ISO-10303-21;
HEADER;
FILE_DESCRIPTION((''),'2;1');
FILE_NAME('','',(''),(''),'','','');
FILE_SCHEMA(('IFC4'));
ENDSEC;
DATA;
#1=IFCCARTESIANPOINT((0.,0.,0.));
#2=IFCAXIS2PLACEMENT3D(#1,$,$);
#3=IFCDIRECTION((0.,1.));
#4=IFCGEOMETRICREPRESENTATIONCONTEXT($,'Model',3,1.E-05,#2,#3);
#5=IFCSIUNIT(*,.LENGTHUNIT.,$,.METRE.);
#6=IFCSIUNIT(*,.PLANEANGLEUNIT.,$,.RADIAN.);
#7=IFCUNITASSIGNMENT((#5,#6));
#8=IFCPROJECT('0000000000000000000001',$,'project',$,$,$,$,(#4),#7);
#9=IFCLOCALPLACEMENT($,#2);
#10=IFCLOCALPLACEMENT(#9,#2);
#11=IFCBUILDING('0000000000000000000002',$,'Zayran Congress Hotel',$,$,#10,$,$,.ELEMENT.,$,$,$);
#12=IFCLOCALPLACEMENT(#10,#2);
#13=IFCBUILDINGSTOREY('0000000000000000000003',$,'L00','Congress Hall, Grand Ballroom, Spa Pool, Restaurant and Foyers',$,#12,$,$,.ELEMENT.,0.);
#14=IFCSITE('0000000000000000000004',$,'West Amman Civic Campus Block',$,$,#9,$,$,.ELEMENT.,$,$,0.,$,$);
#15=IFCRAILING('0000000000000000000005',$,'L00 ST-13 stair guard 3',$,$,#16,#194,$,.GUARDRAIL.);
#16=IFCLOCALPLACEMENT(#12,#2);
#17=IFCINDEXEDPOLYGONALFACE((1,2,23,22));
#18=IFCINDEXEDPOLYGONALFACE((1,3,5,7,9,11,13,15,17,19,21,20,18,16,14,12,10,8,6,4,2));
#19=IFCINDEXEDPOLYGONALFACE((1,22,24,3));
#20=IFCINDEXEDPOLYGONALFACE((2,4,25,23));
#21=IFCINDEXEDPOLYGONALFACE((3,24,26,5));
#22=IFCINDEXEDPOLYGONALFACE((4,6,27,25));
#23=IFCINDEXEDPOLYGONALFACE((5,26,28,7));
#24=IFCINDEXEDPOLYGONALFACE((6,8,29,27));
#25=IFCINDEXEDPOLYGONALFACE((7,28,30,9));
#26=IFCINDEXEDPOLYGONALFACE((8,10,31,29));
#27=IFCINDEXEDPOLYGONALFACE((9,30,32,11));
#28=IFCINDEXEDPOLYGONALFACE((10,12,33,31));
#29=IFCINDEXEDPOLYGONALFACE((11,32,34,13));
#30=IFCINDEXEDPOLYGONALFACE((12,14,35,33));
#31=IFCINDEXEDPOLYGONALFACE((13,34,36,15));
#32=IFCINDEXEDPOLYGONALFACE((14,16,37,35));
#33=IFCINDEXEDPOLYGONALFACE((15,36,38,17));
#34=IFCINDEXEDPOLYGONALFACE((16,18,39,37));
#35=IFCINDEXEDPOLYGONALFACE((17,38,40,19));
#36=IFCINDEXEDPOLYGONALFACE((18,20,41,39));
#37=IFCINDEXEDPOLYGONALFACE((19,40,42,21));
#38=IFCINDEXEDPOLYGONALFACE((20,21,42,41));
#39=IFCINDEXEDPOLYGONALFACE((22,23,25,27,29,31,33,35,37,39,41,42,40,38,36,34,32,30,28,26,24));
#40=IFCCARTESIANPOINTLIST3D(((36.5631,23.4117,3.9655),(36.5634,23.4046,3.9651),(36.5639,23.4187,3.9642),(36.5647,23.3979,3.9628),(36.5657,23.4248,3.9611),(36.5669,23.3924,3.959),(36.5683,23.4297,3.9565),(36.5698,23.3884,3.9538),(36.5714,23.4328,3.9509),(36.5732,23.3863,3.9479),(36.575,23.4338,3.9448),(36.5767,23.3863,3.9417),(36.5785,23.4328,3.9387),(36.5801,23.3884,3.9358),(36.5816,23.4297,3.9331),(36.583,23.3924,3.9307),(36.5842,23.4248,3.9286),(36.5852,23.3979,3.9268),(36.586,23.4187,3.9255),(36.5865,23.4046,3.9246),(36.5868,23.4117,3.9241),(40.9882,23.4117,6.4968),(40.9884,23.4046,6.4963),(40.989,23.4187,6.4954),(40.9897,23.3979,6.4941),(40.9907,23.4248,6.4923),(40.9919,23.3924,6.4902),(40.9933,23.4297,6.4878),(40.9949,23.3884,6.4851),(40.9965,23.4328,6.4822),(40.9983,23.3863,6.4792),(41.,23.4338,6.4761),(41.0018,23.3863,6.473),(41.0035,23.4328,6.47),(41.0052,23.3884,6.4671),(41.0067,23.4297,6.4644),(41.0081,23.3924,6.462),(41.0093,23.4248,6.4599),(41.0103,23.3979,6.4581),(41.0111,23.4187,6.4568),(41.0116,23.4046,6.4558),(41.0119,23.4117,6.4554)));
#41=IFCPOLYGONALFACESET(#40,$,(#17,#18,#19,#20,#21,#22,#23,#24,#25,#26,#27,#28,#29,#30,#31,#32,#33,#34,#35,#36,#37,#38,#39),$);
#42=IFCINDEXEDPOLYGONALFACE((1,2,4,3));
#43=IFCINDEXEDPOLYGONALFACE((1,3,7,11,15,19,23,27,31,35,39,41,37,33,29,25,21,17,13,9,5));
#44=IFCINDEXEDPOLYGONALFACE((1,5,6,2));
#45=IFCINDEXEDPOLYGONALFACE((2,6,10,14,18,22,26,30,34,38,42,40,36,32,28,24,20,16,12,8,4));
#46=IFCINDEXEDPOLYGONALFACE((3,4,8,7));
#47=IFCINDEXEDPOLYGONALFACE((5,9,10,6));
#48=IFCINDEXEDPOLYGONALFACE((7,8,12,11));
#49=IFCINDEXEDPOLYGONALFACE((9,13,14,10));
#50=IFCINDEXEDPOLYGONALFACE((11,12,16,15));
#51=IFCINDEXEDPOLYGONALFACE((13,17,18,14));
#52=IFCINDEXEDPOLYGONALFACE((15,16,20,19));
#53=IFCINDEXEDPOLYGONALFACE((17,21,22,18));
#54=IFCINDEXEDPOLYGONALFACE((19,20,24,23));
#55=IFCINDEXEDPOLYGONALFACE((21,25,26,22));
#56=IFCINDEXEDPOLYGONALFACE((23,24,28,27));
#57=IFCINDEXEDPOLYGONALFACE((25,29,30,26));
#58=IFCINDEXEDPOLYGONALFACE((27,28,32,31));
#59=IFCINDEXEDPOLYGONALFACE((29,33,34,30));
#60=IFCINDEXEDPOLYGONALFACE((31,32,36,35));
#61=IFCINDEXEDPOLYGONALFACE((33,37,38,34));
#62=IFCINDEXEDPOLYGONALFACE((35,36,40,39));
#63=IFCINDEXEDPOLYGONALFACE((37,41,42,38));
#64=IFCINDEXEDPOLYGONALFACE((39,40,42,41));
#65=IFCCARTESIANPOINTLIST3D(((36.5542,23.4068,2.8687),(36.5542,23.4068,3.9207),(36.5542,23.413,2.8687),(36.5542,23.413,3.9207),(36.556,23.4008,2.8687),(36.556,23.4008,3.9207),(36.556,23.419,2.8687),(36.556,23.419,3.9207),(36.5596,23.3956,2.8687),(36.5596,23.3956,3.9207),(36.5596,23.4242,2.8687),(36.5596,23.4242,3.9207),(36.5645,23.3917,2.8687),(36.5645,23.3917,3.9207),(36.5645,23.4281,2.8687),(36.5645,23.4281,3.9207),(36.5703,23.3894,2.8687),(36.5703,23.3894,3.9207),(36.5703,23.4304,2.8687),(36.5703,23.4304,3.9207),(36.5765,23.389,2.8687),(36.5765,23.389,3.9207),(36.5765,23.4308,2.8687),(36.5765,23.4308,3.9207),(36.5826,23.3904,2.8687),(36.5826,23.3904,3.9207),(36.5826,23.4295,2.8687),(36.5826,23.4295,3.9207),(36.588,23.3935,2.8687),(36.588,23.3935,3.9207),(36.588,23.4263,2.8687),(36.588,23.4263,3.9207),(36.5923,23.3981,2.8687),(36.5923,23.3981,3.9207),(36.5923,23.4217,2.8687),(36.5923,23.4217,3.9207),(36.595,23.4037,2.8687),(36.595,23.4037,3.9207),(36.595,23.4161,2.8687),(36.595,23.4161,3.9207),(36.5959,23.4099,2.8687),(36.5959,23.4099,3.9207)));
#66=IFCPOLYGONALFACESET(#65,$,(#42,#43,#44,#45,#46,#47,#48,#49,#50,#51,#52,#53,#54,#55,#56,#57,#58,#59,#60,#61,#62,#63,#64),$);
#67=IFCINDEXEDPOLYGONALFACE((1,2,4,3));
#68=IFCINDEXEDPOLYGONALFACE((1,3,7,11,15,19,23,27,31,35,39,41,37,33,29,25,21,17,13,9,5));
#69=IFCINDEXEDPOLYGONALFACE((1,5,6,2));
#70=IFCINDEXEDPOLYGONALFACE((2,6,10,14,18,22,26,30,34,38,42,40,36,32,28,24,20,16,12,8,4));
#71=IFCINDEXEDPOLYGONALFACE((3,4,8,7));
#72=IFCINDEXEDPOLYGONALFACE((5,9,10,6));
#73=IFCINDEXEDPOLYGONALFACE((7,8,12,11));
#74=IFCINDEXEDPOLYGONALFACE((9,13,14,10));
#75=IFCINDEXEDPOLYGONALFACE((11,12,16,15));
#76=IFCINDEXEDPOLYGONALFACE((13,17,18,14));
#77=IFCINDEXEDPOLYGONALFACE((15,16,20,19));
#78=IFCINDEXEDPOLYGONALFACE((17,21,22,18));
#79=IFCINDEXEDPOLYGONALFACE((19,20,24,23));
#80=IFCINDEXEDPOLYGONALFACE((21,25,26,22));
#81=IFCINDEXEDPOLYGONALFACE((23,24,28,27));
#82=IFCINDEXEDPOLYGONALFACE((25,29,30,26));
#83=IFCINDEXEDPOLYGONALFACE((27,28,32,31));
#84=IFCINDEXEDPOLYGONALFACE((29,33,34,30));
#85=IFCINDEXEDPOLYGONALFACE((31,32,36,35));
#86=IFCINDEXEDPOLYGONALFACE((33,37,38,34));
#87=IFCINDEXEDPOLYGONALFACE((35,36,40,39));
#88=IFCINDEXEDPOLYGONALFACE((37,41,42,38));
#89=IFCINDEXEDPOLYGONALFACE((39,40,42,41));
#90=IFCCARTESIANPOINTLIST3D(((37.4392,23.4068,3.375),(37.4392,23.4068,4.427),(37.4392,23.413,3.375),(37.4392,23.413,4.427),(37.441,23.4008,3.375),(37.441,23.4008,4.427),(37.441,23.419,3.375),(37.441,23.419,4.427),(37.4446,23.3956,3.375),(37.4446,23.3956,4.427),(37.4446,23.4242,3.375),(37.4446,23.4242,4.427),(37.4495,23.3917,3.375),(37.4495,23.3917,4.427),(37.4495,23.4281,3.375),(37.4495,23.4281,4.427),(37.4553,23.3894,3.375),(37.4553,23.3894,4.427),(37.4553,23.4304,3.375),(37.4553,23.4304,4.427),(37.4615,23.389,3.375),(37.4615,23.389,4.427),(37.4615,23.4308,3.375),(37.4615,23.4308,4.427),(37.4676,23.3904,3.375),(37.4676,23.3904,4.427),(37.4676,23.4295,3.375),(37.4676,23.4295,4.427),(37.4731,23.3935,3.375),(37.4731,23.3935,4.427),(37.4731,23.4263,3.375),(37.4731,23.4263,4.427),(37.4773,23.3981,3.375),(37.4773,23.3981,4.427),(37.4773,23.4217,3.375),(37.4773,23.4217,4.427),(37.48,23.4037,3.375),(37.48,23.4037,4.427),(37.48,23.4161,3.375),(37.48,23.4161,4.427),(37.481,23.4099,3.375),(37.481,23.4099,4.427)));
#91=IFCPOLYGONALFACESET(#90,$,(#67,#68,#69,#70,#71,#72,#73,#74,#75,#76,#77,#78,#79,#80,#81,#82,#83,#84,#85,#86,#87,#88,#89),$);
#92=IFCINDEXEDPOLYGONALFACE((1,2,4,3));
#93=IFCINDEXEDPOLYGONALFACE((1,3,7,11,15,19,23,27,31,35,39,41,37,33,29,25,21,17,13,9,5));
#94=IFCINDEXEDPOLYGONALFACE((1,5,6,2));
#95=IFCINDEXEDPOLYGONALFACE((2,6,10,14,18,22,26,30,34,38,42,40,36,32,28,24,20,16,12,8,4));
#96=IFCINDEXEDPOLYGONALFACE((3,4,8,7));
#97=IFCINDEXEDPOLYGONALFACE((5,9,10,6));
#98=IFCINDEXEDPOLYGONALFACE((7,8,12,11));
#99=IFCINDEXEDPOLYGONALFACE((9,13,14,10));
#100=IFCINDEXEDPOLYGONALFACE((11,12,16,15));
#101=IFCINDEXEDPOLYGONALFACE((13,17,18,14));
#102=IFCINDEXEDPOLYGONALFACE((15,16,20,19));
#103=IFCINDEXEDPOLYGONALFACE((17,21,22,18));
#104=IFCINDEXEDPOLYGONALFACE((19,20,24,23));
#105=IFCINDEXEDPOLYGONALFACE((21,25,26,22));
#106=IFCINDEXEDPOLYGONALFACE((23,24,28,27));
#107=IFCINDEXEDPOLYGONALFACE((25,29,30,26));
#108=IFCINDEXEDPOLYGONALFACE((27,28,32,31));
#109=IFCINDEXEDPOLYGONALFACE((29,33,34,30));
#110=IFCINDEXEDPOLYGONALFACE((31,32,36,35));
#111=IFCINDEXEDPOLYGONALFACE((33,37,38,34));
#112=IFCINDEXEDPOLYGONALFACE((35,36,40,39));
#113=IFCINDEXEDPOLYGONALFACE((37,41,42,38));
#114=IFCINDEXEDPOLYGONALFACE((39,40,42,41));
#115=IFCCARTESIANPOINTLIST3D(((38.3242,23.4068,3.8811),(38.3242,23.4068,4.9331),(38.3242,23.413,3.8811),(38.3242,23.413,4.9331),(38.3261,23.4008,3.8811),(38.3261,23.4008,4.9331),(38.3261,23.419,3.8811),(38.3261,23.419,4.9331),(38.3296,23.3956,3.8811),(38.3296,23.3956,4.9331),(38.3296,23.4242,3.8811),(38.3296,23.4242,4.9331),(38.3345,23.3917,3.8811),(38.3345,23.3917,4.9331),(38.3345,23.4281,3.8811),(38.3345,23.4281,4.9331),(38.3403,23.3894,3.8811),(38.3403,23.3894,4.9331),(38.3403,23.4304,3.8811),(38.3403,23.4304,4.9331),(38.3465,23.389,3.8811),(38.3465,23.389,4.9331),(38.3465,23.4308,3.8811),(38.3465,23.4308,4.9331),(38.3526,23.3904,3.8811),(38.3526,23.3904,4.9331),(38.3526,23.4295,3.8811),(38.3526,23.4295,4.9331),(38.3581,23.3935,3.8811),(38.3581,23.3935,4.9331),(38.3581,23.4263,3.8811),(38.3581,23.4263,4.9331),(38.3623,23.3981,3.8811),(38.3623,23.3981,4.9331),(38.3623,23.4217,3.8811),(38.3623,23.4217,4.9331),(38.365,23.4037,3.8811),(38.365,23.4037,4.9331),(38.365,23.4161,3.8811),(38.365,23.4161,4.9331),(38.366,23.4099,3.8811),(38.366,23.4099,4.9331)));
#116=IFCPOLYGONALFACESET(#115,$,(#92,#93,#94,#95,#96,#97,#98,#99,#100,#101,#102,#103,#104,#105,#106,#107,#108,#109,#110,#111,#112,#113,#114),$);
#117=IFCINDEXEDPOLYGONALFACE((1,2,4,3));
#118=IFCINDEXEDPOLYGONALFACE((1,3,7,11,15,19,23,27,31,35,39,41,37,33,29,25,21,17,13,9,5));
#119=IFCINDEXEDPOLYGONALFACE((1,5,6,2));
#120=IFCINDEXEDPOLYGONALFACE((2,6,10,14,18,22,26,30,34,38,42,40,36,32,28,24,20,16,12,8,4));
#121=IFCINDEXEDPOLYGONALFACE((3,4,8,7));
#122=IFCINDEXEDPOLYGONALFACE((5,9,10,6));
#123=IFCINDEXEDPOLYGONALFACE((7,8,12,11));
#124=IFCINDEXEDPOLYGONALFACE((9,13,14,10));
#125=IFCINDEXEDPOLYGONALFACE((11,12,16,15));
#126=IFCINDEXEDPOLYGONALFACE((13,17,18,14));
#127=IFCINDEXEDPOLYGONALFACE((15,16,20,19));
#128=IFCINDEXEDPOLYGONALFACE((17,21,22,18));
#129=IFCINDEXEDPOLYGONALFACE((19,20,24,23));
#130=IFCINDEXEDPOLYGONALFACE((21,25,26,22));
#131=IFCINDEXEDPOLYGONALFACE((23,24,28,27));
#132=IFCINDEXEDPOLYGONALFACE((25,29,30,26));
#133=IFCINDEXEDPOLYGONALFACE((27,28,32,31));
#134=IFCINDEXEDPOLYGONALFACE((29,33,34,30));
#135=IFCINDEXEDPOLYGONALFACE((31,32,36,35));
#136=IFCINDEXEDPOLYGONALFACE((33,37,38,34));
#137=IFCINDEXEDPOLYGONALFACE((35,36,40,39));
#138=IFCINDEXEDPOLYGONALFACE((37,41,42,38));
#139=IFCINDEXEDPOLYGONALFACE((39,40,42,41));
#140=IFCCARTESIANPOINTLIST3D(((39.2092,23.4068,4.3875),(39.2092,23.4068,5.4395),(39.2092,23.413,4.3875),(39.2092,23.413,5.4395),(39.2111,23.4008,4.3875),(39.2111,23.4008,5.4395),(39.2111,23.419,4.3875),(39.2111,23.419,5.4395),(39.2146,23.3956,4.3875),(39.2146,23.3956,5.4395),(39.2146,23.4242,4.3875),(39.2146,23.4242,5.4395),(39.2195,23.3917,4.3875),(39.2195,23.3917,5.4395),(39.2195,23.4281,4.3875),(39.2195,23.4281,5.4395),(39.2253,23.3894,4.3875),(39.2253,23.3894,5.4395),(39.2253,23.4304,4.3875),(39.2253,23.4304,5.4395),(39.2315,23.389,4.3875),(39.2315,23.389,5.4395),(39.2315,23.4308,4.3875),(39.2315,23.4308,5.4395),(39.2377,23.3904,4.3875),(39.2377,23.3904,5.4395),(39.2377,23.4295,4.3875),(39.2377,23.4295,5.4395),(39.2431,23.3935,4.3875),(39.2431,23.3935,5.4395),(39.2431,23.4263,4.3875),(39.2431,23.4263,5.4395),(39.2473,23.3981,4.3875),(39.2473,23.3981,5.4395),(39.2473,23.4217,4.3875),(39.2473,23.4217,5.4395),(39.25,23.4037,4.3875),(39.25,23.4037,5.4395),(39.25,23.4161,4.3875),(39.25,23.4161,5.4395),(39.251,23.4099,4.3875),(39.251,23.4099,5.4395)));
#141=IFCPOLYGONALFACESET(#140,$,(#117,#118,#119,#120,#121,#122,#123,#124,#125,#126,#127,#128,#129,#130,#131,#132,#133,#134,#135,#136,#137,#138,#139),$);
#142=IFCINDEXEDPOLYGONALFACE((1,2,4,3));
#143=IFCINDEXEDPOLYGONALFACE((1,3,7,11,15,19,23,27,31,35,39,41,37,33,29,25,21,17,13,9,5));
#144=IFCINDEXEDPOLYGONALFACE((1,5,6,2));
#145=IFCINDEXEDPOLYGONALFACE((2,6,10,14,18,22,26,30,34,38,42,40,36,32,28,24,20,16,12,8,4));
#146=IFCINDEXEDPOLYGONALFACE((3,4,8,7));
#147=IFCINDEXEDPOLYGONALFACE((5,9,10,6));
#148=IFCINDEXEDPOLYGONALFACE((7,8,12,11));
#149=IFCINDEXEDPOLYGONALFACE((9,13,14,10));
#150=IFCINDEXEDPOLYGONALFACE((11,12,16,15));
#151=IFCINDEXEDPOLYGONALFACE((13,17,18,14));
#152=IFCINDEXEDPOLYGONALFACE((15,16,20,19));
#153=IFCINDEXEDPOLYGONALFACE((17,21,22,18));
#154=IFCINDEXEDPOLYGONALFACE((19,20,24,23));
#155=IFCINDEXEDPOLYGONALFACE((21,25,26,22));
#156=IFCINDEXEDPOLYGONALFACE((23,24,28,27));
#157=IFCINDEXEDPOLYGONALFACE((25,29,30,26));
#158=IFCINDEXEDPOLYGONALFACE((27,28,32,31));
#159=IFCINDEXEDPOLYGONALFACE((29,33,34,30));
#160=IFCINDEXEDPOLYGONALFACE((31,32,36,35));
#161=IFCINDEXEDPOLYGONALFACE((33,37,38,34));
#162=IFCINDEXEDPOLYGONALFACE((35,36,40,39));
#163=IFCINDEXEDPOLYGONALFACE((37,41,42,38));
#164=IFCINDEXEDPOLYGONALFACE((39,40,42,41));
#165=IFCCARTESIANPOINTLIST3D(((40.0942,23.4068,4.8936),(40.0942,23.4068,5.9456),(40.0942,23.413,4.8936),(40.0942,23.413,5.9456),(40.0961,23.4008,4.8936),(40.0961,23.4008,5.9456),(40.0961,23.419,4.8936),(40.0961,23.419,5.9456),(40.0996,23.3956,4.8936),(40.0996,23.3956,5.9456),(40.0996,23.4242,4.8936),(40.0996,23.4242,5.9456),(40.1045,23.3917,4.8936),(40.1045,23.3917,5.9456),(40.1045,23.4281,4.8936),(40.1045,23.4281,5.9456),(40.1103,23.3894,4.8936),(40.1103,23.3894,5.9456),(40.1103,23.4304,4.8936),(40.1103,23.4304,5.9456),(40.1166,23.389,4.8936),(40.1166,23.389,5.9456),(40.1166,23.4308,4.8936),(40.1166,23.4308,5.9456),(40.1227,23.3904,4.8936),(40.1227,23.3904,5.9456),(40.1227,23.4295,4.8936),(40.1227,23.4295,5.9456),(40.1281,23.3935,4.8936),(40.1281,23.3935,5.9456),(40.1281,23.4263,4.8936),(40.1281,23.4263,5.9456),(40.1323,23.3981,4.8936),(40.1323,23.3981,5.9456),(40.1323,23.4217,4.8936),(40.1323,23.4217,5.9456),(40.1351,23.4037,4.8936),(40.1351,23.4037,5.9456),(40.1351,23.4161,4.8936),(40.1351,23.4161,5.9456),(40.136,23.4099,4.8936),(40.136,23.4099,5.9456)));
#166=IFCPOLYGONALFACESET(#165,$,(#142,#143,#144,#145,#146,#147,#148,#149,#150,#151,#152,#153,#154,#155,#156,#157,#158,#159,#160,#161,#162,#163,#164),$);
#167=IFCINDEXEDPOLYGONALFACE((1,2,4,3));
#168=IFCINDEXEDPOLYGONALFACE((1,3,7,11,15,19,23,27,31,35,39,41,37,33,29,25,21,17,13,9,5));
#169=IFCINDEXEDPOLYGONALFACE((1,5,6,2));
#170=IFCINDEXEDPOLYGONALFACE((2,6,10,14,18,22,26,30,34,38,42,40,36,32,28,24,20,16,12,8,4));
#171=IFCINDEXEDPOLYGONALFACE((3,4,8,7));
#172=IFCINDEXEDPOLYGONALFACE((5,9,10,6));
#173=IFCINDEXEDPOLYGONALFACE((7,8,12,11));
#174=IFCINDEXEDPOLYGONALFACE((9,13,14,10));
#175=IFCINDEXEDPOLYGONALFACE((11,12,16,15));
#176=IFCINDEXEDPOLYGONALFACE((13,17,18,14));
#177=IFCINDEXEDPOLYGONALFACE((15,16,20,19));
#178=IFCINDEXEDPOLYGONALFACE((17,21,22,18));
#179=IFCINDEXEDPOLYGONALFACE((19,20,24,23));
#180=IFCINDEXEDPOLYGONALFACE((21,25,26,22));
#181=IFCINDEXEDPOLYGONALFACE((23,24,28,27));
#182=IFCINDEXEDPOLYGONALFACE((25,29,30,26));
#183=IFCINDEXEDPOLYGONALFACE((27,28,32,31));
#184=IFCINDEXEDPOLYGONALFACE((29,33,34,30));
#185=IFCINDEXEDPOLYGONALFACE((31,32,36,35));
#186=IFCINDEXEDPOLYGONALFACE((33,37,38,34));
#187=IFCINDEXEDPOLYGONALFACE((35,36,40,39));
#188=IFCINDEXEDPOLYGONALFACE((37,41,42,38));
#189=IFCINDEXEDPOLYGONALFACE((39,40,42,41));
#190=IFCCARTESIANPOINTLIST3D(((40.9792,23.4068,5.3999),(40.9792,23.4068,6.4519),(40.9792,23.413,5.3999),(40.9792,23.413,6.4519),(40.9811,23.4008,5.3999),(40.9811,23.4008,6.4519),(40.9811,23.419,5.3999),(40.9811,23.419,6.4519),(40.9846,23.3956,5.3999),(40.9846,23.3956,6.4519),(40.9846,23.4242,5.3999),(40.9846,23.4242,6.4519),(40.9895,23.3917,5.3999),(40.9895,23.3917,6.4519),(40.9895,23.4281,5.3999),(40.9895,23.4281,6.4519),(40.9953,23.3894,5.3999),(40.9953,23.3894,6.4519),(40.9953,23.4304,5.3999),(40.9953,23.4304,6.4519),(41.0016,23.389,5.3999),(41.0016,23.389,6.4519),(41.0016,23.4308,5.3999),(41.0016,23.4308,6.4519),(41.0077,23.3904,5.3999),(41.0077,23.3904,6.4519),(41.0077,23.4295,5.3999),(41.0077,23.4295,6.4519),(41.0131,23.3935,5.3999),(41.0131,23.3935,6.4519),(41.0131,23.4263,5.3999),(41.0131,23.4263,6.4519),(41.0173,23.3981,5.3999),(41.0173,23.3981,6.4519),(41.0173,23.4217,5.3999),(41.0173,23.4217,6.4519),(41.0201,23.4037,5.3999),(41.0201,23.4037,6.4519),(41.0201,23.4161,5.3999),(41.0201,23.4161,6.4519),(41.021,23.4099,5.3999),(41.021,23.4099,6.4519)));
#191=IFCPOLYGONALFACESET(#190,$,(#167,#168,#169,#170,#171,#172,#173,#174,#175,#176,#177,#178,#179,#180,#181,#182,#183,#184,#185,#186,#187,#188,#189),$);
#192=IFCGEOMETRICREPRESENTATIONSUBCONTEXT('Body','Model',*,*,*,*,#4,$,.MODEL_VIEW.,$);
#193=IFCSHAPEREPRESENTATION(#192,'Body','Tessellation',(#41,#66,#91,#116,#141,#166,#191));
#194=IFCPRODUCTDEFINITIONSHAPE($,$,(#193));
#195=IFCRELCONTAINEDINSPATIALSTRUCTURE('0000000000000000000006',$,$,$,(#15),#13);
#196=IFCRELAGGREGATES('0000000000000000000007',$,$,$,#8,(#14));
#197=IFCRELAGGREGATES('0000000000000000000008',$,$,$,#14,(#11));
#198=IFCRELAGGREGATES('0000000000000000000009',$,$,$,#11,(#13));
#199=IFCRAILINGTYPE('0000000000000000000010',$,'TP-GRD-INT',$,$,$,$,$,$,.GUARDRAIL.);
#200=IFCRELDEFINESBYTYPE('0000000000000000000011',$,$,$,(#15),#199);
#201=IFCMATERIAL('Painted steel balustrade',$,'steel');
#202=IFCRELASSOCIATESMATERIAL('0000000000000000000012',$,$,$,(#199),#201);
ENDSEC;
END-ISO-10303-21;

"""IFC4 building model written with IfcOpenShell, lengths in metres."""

from ifc_helpers import new_model, si_unit, direction, frame, origin, origin_2d, place, context, subcontext, project, spatial, circle, extrude, material, type_object, element, save


model = new_model("IFC4")

# Units and contexts
model_context = context("Model", 3, precision=1e-05, world=origin(), true_north=direction((0.0, 1.0)))
body_context = subcontext(model_context, "Body", "Model", "MODEL_VIEW")
ifc_project = project(units=[si_unit("LENGTHUNIT", "METRE"), si_unit("PLANEANGLEUNIT", "RADIAN")], contexts=[model_context])

# Site, building, storey
site_placement = place(None, origin())
site = spatial("IfcSite", under=ifc_project, at=site_placement, Name="West Amman Civic Campus Block", CompositionType="ELEMENT", RefElevation=0.0)
building_placement = place(site_placement, origin())
building = spatial("IfcBuilding", under=site, at=building_placement, Name="Zayran Congress Hotel", CompositionType="ELEMENT")
storey_placement = place(building_placement, origin())
storey = spatial("IfcBuildingStorey", under=building, at=storey_placement, Name="L00", Description="Congress Hall, Grand Ballroom, Spa Pool, Restaurant and Foyers", CompositionType="ELEMENT", Elevation=0.0)

# Railing
ifc_material_1 = material(Name="Painted steel balustrade", Category="steel")
railing_type_1 = type_object("IfcRailingType", Name="TP-GRD-INT", PredefinedType="GUARDRAIL", material=ifc_material_1)
railing_1_placement = place(storey_placement, frame((36.575, 23.4099, 2.8687)))
element("IfcRailing", 1, at=railing_1_placement, inside=storey, type_object=railing_type_1, Name="L00 ST-13 stair guard 3", PredefinedType="GUARDRAIL", context=body_context, shape_type="SweptSolid", body=[
    extrude(circle(Radius=0.0239, at=origin_2d()), frame((0.0, 0.0, 1.0762), z_axis=(0.868019, 0.0, 0.496531), x_axis=(0.0, 1.0, 0.0)), (0.0, 0.0, 1.0), 5.0979),
    extrude(circle(Radius=0.021, at=origin_2d()), origin(), (0.0, 0.0, 1.0), 1.052),
    extrude(circle(Radius=0.021, at=origin_2d()), frame((0.885, 0.0, 0.5063)), (0.0, 0.0, 1.0), 1.052),
    extrude(circle(Radius=0.021, at=origin_2d()), frame((1.77, 0.0, 1.0125)), (0.0, 0.0, 1.0), 1.052),
    extrude(circle(Radius=0.021, at=origin_2d()), frame((2.655, 0.0, 1.5188)), (0.0, 0.0, 1.0), 1.052),
    extrude(circle(Radius=0.021, at=origin_2d()), frame((3.54, 0.0, 2.0249)), (0.0, 0.0, 1.0), 1.052),
    extrude(circle(Radius=0.021, at=origin_2d()), frame((4.425, 0.0, 2.5312)), (0.0, 0.0, 1.0), 1.052),
])

save(model, "model.ifc")
